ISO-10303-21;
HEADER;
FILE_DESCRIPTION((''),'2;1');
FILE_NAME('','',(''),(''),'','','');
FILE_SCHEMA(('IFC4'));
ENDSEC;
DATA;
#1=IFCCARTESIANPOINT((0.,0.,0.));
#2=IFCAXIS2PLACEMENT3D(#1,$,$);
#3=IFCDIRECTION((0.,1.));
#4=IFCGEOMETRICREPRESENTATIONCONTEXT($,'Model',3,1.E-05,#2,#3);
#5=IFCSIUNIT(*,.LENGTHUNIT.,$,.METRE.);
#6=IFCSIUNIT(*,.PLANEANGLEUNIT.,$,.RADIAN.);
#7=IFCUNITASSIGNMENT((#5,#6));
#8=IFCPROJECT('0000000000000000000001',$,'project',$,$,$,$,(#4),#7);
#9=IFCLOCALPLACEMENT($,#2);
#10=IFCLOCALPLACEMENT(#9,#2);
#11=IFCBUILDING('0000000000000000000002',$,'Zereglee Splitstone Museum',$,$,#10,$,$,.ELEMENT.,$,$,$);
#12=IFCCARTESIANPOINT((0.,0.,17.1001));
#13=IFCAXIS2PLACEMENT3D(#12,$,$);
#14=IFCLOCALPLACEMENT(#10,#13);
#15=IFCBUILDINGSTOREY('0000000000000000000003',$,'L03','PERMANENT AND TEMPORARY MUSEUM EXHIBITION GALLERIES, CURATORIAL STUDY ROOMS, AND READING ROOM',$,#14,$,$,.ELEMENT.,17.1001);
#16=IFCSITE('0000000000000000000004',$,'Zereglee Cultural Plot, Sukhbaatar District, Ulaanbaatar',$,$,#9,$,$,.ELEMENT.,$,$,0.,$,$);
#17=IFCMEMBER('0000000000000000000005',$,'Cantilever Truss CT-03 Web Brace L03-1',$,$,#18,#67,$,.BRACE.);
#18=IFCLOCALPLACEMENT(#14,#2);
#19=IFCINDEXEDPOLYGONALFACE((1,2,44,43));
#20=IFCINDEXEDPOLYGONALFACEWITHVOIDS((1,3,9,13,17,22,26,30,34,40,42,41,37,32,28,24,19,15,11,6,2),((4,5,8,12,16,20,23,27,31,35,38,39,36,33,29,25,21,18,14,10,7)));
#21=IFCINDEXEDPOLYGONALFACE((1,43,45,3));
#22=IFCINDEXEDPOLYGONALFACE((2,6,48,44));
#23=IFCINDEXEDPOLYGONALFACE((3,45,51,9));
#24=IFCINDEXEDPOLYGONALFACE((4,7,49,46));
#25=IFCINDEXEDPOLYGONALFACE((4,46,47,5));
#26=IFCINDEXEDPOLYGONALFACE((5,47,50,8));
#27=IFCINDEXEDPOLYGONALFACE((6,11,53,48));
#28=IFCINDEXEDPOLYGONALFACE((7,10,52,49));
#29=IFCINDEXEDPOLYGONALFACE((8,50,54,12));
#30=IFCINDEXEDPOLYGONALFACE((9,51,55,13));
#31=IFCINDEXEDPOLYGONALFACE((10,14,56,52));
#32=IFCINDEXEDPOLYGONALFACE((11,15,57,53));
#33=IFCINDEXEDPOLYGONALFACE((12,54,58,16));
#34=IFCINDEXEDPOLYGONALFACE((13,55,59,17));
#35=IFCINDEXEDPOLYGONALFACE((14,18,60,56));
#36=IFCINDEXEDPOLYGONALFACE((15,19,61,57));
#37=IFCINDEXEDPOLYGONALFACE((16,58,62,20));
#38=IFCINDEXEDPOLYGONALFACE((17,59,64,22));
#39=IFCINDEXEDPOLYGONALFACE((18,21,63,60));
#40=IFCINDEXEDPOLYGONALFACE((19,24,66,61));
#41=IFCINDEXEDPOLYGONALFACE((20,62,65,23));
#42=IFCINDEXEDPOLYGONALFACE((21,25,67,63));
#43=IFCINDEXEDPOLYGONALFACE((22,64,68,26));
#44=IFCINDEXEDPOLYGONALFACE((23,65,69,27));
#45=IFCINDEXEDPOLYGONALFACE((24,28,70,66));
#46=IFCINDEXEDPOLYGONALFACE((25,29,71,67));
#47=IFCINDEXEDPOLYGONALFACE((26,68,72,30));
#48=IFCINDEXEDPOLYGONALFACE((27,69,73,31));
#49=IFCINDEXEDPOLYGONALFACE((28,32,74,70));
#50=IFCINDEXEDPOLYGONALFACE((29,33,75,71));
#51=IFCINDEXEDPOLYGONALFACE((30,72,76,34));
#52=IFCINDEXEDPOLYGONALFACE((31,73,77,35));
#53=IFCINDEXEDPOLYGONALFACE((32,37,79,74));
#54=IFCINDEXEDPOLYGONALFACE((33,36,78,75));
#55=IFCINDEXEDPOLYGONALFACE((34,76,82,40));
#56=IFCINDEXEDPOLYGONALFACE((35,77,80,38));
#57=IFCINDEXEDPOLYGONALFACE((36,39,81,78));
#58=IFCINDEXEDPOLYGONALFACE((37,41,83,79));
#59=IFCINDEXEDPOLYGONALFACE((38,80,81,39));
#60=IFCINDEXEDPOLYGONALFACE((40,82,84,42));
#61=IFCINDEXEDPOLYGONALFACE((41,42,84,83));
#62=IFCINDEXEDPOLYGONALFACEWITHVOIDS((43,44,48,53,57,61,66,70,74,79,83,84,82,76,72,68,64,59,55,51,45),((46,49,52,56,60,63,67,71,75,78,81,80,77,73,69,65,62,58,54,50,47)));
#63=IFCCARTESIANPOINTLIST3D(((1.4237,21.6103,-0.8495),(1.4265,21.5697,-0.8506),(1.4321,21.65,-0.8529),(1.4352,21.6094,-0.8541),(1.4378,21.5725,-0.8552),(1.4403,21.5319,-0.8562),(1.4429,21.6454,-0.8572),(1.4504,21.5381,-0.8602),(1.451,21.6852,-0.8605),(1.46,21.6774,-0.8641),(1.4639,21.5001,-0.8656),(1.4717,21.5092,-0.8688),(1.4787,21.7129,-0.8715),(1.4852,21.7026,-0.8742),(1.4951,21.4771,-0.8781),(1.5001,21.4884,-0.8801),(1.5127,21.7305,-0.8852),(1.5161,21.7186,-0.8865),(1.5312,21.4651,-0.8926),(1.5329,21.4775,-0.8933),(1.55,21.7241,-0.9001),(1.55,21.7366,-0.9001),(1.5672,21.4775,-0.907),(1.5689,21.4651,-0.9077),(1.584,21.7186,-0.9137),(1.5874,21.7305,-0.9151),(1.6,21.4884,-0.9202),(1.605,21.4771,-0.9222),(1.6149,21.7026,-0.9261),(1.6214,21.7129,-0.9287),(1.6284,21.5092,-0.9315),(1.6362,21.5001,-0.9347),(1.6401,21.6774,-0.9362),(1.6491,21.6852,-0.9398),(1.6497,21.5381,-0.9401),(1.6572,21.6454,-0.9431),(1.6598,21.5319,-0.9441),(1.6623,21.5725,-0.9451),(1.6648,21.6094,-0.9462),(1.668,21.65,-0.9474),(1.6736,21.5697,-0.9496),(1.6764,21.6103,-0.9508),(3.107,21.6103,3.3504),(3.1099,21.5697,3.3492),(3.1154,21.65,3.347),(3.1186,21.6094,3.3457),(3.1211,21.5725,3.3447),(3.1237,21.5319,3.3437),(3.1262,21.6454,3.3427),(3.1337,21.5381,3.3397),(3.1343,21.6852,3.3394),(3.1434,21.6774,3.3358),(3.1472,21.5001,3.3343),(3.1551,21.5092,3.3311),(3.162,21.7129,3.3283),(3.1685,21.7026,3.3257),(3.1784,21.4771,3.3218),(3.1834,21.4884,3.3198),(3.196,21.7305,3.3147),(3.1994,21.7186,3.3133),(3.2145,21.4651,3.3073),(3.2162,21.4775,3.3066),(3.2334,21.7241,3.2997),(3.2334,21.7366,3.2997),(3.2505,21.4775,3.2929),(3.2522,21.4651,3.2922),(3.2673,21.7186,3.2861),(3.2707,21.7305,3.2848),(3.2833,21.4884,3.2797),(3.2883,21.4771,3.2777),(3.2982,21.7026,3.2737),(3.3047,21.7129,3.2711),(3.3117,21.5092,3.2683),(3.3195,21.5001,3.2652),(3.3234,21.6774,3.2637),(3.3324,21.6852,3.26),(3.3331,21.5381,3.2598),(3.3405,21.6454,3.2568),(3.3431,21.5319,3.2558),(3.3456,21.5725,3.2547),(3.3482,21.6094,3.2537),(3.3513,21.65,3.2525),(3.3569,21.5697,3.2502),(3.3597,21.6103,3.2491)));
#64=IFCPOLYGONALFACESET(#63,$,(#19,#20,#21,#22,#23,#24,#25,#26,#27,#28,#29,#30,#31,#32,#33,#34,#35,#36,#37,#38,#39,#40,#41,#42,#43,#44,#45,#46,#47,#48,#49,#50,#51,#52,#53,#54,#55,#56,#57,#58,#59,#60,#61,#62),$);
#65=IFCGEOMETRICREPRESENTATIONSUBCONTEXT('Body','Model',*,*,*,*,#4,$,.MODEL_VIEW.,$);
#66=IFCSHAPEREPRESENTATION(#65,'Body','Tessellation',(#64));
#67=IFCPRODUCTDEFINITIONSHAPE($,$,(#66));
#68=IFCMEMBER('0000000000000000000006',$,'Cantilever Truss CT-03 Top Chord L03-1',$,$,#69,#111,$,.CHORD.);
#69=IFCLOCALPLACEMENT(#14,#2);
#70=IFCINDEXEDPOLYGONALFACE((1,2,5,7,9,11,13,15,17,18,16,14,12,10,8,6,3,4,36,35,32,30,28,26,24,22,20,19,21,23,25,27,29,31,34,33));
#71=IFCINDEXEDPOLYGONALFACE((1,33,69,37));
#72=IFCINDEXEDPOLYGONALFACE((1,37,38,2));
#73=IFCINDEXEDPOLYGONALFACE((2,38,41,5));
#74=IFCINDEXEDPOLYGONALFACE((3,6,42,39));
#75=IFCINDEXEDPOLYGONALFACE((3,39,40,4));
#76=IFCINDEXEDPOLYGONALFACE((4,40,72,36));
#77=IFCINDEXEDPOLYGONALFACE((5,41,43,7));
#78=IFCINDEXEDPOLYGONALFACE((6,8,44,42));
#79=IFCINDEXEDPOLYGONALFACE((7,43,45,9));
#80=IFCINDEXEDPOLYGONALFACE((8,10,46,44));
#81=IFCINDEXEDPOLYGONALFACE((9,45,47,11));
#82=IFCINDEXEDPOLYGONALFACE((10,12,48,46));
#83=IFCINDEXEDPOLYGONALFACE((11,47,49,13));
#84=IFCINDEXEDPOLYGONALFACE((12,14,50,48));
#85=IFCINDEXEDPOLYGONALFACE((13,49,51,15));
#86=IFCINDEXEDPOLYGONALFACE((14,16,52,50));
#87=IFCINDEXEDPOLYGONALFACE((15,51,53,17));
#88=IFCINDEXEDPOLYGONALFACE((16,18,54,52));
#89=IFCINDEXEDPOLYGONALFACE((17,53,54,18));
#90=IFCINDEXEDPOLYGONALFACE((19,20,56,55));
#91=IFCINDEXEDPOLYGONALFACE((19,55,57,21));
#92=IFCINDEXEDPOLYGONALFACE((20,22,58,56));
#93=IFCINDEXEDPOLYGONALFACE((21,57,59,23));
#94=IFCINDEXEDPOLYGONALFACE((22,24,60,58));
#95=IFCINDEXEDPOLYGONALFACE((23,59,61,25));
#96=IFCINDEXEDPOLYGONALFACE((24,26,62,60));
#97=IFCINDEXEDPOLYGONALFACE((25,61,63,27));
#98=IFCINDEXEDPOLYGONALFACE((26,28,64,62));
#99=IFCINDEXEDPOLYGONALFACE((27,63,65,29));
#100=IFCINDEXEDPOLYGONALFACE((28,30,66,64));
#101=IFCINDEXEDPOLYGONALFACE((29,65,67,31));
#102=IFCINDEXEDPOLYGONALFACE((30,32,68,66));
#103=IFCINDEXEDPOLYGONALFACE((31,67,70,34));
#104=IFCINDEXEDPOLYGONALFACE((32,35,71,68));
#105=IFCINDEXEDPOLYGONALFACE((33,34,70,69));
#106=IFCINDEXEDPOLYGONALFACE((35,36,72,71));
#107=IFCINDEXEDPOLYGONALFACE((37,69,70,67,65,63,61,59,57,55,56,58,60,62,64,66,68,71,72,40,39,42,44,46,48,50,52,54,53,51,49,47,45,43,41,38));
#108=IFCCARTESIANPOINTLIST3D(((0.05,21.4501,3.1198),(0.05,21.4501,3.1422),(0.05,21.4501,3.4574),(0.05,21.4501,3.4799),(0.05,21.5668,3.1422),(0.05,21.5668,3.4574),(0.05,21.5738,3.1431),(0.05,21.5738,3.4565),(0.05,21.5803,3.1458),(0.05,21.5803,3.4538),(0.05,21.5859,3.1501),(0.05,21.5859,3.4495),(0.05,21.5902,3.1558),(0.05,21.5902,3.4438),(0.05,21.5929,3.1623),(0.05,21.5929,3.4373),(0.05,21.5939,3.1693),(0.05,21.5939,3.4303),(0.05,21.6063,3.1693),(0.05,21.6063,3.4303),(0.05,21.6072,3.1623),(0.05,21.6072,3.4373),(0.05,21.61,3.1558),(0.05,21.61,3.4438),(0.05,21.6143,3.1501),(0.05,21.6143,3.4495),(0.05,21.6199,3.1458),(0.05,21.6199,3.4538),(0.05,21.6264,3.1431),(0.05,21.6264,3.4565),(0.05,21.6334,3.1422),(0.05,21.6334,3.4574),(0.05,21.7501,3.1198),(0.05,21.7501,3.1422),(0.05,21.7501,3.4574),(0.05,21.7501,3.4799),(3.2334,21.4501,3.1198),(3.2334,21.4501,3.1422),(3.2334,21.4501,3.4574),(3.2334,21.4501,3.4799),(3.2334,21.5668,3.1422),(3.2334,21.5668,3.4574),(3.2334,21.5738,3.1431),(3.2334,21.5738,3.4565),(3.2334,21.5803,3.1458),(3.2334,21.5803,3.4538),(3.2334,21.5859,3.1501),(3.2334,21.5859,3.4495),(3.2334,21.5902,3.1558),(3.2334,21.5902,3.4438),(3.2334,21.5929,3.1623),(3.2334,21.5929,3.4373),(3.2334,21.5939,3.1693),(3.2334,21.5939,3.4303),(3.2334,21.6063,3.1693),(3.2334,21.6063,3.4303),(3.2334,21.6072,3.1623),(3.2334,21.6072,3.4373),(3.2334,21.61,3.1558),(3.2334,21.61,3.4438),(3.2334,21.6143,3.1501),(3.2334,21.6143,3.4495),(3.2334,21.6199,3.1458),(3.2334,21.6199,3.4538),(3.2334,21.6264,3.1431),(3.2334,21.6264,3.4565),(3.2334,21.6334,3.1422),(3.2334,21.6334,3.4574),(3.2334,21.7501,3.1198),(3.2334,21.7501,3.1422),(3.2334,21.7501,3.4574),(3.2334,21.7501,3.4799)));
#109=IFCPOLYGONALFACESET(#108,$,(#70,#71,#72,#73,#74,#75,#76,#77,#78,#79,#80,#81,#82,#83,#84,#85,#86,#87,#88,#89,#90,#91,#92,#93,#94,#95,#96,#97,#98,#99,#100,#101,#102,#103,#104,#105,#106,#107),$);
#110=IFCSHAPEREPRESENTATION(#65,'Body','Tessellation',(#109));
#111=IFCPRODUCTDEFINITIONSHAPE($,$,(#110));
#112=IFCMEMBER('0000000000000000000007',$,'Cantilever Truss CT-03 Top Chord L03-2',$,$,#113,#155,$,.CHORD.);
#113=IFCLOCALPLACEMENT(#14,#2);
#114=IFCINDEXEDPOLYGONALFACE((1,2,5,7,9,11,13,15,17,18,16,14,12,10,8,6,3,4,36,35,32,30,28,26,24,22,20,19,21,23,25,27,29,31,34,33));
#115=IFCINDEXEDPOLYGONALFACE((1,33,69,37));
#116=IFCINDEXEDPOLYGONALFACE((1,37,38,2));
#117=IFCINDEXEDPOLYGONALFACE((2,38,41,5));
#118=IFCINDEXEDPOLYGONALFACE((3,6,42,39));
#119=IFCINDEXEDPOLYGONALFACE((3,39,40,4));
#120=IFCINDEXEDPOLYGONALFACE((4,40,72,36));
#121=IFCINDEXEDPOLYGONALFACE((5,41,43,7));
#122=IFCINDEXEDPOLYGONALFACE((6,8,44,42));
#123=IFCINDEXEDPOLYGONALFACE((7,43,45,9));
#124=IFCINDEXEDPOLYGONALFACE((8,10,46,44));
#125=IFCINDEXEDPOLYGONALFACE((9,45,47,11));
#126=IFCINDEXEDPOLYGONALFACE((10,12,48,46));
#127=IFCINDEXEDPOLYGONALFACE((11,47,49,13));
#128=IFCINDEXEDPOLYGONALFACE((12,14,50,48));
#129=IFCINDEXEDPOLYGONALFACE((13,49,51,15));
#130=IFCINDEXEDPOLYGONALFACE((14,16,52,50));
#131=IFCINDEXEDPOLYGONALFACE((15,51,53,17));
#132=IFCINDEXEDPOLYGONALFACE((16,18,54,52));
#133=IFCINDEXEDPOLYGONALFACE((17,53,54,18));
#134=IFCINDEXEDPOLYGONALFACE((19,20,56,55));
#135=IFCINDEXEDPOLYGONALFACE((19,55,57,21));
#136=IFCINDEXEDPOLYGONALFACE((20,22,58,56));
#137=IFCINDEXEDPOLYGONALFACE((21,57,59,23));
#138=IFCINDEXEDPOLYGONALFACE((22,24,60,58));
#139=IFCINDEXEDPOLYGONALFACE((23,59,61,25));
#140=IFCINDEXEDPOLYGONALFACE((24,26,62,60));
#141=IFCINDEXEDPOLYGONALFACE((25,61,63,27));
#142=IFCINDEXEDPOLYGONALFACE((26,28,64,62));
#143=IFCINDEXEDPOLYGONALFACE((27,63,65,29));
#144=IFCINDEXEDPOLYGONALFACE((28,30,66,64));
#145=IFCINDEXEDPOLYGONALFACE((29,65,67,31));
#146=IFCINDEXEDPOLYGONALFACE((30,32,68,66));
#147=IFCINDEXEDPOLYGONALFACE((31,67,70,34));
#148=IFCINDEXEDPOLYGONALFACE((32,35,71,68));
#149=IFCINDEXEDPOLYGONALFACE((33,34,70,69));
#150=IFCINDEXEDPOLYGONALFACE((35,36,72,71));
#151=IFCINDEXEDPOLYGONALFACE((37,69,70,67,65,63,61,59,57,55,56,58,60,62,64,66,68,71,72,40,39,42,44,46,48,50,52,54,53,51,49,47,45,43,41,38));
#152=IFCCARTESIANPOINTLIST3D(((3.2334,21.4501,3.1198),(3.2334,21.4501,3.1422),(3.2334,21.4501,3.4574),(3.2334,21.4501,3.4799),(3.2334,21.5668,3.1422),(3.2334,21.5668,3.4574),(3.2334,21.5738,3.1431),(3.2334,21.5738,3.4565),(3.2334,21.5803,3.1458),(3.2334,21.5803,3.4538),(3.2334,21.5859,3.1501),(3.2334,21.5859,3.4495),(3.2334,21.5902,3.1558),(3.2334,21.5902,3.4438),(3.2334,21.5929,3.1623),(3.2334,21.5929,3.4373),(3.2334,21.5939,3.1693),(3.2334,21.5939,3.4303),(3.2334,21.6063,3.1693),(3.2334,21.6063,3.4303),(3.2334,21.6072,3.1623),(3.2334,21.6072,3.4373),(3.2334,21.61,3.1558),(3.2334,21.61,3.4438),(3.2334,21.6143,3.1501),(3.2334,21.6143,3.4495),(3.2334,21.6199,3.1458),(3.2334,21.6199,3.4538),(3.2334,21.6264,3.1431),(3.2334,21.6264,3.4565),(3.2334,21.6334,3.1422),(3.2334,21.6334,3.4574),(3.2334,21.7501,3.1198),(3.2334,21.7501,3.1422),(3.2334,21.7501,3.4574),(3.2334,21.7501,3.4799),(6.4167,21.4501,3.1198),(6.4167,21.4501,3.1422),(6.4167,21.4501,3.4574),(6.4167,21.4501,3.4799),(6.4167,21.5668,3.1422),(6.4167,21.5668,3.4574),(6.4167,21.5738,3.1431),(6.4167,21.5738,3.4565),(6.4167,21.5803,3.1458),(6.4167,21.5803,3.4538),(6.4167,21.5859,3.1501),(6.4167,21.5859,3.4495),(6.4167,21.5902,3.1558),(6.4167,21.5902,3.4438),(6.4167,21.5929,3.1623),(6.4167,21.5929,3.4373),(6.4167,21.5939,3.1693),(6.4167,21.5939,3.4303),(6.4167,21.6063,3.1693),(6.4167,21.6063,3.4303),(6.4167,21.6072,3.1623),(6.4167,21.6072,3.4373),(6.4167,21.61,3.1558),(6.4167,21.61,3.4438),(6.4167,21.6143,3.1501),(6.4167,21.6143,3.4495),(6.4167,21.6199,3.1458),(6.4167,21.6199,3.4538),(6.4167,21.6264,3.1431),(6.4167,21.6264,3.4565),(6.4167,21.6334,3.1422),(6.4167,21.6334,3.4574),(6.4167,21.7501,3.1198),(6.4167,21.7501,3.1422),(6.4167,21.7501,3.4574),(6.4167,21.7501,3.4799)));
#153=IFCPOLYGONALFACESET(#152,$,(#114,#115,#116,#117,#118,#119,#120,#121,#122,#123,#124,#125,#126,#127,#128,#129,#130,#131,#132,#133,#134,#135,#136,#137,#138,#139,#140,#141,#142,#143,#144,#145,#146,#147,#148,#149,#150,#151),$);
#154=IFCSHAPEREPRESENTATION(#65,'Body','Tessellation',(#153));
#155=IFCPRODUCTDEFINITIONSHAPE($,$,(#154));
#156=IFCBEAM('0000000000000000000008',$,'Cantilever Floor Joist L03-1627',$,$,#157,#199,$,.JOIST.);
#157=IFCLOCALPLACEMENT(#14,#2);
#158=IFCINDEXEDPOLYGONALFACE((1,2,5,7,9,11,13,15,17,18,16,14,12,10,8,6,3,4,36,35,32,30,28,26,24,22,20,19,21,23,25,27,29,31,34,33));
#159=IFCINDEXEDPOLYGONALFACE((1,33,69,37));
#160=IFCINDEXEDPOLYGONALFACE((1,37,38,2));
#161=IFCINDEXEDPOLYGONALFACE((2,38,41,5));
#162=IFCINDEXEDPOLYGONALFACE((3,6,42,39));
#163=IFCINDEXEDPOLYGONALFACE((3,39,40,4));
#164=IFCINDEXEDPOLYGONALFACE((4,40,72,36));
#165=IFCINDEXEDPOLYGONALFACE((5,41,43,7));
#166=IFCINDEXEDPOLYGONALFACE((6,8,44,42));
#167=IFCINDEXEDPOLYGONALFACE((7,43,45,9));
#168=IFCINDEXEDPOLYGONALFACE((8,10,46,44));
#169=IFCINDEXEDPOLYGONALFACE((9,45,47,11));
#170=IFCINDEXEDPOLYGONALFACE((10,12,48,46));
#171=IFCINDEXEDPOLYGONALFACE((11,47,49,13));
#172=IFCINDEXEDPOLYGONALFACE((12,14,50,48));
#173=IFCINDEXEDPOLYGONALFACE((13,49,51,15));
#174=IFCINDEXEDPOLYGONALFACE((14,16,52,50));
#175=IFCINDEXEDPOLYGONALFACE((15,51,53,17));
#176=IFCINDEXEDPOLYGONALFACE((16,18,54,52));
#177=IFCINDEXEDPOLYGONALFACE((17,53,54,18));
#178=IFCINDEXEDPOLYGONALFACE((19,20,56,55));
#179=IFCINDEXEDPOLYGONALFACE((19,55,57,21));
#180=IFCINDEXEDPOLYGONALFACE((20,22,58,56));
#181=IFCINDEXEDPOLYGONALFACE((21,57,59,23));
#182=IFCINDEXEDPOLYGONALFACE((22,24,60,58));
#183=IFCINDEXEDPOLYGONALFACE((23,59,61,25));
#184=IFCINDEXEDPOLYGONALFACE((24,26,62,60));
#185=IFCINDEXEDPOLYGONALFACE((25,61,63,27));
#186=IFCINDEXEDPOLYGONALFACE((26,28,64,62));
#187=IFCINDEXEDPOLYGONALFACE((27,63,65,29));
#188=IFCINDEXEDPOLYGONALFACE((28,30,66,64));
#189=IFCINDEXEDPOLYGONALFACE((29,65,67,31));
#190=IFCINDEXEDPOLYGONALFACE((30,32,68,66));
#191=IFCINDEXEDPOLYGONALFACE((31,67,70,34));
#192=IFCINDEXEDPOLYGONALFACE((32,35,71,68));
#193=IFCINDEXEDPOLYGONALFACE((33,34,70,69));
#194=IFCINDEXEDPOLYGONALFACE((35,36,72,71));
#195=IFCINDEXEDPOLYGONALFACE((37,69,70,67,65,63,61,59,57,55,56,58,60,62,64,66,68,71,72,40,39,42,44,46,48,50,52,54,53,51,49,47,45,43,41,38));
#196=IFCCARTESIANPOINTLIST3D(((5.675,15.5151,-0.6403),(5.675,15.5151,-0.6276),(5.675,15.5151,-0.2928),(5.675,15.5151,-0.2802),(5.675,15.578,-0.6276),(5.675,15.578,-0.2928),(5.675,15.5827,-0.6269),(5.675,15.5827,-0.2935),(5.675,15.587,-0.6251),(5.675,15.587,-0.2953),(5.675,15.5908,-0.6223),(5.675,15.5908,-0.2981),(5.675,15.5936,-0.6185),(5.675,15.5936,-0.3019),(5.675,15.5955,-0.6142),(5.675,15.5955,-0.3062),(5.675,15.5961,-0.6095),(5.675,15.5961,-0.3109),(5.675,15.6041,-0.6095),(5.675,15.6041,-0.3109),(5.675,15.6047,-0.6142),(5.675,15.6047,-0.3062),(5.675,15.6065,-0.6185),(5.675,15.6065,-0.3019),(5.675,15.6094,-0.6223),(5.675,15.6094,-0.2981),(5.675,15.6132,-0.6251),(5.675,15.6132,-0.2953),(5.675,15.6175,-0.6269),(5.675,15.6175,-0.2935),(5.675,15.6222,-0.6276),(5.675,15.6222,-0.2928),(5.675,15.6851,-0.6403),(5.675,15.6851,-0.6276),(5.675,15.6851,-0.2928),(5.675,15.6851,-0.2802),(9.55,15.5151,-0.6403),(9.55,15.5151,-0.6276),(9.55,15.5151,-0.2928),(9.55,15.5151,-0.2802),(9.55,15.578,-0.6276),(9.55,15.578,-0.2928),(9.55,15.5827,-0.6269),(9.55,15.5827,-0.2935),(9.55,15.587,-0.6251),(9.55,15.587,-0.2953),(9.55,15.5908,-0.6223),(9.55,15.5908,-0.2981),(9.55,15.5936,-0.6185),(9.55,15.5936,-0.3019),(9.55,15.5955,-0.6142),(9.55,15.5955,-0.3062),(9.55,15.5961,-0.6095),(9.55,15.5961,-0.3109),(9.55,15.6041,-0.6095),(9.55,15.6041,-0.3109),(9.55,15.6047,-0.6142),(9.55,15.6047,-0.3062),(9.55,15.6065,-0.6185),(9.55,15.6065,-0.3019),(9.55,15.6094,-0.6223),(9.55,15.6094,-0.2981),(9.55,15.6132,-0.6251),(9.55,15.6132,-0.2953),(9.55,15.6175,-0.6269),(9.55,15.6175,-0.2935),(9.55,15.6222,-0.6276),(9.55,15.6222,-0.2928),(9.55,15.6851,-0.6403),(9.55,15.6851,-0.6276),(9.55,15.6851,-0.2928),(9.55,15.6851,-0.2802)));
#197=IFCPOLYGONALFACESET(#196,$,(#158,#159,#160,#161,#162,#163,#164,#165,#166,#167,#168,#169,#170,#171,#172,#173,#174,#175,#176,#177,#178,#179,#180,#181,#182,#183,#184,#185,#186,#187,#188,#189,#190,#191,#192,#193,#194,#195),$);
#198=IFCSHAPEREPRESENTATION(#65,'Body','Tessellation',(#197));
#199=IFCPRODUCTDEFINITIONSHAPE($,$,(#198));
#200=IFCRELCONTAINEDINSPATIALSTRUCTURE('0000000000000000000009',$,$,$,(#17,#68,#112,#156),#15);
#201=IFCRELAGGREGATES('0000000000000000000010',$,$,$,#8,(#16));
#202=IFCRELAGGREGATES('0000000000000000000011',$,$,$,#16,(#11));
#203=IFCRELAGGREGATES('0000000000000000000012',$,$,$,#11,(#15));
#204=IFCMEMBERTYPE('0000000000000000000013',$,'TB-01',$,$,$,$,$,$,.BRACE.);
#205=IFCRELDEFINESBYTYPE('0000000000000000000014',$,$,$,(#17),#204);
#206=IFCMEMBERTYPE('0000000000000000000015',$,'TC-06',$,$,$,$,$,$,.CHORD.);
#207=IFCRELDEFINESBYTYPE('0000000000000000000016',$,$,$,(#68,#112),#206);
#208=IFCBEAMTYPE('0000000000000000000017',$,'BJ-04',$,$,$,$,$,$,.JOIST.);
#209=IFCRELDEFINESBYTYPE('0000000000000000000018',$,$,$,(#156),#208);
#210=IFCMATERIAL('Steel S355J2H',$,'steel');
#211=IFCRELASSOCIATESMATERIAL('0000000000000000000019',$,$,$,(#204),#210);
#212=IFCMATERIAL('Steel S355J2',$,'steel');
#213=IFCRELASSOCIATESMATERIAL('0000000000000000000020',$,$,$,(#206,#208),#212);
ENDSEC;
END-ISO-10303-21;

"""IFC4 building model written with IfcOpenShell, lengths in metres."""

from ifc_helpers import new_model, si_unit, direction, frame, origin, origin_2d, place, context, subcontext, project, spatial, hollow_circle, i_section, extrude, material, material_profile, profile_set, type_object, element, save


model = new_model("IFC4")

# Units and contexts
model_context = context("Model", 3, precision=1e-05, world=origin(), true_north=direction((0.0, 1.0)))
body_context = subcontext(model_context, "Body", "Model", "MODEL_VIEW")
ifc_project = project(units=[si_unit("LENGTHUNIT", "METRE"), si_unit("PLANEANGLEUNIT", "RADIAN")], contexts=[model_context])

# Site, building, storey
site_placement = place(None, origin())
site = spatial("IfcSite", under=ifc_project, at=site_placement, Name="Zereglee Cultural Plot, Sukhbaatar District, Ulaanbaatar", CompositionType="ELEMENT", RefElevation=0.0)
building_placement = place(site_placement, origin())
building = spatial("IfcBuilding", under=site, at=building_placement, Name="Zereglee Splitstone Museum", CompositionType="ELEMENT")
storey_placement = place(building_placement, frame((0.0, 0.0, 17.1001)))
storey = spatial("IfcBuildingStorey", under=building, at=storey_placement, Name="L03", Description="PERMANENT AND TEMPORARY MUSEUM EXHIBITION GALLERIES, CURATORIAL STUDY ROOMS, AND READING ROOM", CompositionType="ELEMENT", Elevation=17.1001)

# Members
ifc_material_1 = material(Name="Steel S355J2H", Category="steel")
ifc_material_profile_1 = material_profile(ifc_material_1, hollow_circle(Radius=0.1365, WallThickness=0.0125, at=origin_2d()), Name="CHS 273.0x12.5")
ifc_profile_set_1 = profile_set([ifc_material_profile_1], Name="Steel S355J2H")
member_type_1 = type_object("IfcMemberType", Name="TB-01", PredefinedType="BRACE", material=ifc_profile_set_1)
member_1_placement = place(storey_placement, frame((1.55, 21.6001, -0.9001), z_axis=(0.372032, 0.0, 0.92822), x_axis=(0.0, 1.0, 0.0)))
element("IfcMember", 1, at=member_1_placement, inside=storey, type_object=member_type_1, Name="Cantilever Truss CT-03 Web Brace L03-1", PredefinedType="BRACE", context=body_context, shape_type="SweptSolid", body=[
    extrude(hollow_circle(Radius=0.1365, WallThickness=0.0125, at=origin_2d()), origin(), (0.0, 0.0, 1.0), 4.5247),
])
ifc_material_2 = material(Name="Steel S355J2", Category="steel")
ifc_material_profile_2 = material_profile(ifc_material_2, i_section(OverallWidth=0.3, OverallDepth=0.3601, WebThickness=0.0125, FlangeThickness=0.0225, FilletRadius=0.0271, at=origin_2d()), Name="HE 360 B")
ifc_profile_set_2 = profile_set([ifc_material_profile_2], Name="Steel S355J2")
member_type_2 = type_object("IfcMemberType", Name="TC-06", PredefinedType="CHORD", material=ifc_profile_set_2)
for number, where, z_axis, x_axis, name in (
    (2, (0.05, 21.6001, 3.2998), (1.0, 0.0, 0.0), (0.0, 1.0, 0.0), "Cantilever Truss CT-03 Top Chord L03-1"),
    (3, (3.2334, 21.6001, 3.2998), (1.0, 0.0, 0.0), (0.0, 1.0, 0.0), "Cantilever Truss CT-03 Top Chord L03-2"),
):
    element("IfcMember", number, at=place(storey_placement, frame(where, z_axis=z_axis, x_axis=x_axis)), inside=storey, type_object=member_type_2, Name=name, PredefinedType="CHORD", context=body_context, shape_type="SweptSolid", body=[
        extrude(i_section(OverallWidth=0.3, OverallDepth=0.3601, WebThickness=0.0125, FlangeThickness=0.0225, FilletRadius=0.0271, at=origin_2d()), origin(), (0.0, 0.0, 1.0), 3.1833),
    ])

# Beam
ifc_material_profile_3 = material_profile(ifc_material_2, i_section(OverallWidth=0.1699, OverallDepth=0.3601, WebThickness=0.0081, FlangeThickness=0.0127, FilletRadius=0.0181, at=origin_2d()), Name="IPE 360")
ifc_profile_set_3 = profile_set([ifc_material_profile_3], Name="Steel S355J2")
beam_type_1 = type_object("IfcBeamType", Name="BJ-04", PredefinedType="JOIST", material=ifc_profile_set_3)
beam_1_placement = place(storey_placement, frame((5.675, 15.6001, -0.4602), z_axis=(1.0, 0.0, 0.0), x_axis=(0.0, 1.0, 0.0)))
element("IfcBeam", 4, at=beam_1_placement, inside=storey, type_object=beam_type_1, Name="Cantilever Floor Joist L03-1627", PredefinedType="JOIST", context=body_context, shape_type="SweptSolid", body=[
    extrude(i_section(OverallWidth=0.1699, OverallDepth=0.3601, WebThickness=0.0081, FlangeThickness=0.0127, FilletRadius=0.0181, at=origin_2d()), origin(), (0.0, 0.0, 1.0), 3.875),
])

save(model, "model.ifc")
